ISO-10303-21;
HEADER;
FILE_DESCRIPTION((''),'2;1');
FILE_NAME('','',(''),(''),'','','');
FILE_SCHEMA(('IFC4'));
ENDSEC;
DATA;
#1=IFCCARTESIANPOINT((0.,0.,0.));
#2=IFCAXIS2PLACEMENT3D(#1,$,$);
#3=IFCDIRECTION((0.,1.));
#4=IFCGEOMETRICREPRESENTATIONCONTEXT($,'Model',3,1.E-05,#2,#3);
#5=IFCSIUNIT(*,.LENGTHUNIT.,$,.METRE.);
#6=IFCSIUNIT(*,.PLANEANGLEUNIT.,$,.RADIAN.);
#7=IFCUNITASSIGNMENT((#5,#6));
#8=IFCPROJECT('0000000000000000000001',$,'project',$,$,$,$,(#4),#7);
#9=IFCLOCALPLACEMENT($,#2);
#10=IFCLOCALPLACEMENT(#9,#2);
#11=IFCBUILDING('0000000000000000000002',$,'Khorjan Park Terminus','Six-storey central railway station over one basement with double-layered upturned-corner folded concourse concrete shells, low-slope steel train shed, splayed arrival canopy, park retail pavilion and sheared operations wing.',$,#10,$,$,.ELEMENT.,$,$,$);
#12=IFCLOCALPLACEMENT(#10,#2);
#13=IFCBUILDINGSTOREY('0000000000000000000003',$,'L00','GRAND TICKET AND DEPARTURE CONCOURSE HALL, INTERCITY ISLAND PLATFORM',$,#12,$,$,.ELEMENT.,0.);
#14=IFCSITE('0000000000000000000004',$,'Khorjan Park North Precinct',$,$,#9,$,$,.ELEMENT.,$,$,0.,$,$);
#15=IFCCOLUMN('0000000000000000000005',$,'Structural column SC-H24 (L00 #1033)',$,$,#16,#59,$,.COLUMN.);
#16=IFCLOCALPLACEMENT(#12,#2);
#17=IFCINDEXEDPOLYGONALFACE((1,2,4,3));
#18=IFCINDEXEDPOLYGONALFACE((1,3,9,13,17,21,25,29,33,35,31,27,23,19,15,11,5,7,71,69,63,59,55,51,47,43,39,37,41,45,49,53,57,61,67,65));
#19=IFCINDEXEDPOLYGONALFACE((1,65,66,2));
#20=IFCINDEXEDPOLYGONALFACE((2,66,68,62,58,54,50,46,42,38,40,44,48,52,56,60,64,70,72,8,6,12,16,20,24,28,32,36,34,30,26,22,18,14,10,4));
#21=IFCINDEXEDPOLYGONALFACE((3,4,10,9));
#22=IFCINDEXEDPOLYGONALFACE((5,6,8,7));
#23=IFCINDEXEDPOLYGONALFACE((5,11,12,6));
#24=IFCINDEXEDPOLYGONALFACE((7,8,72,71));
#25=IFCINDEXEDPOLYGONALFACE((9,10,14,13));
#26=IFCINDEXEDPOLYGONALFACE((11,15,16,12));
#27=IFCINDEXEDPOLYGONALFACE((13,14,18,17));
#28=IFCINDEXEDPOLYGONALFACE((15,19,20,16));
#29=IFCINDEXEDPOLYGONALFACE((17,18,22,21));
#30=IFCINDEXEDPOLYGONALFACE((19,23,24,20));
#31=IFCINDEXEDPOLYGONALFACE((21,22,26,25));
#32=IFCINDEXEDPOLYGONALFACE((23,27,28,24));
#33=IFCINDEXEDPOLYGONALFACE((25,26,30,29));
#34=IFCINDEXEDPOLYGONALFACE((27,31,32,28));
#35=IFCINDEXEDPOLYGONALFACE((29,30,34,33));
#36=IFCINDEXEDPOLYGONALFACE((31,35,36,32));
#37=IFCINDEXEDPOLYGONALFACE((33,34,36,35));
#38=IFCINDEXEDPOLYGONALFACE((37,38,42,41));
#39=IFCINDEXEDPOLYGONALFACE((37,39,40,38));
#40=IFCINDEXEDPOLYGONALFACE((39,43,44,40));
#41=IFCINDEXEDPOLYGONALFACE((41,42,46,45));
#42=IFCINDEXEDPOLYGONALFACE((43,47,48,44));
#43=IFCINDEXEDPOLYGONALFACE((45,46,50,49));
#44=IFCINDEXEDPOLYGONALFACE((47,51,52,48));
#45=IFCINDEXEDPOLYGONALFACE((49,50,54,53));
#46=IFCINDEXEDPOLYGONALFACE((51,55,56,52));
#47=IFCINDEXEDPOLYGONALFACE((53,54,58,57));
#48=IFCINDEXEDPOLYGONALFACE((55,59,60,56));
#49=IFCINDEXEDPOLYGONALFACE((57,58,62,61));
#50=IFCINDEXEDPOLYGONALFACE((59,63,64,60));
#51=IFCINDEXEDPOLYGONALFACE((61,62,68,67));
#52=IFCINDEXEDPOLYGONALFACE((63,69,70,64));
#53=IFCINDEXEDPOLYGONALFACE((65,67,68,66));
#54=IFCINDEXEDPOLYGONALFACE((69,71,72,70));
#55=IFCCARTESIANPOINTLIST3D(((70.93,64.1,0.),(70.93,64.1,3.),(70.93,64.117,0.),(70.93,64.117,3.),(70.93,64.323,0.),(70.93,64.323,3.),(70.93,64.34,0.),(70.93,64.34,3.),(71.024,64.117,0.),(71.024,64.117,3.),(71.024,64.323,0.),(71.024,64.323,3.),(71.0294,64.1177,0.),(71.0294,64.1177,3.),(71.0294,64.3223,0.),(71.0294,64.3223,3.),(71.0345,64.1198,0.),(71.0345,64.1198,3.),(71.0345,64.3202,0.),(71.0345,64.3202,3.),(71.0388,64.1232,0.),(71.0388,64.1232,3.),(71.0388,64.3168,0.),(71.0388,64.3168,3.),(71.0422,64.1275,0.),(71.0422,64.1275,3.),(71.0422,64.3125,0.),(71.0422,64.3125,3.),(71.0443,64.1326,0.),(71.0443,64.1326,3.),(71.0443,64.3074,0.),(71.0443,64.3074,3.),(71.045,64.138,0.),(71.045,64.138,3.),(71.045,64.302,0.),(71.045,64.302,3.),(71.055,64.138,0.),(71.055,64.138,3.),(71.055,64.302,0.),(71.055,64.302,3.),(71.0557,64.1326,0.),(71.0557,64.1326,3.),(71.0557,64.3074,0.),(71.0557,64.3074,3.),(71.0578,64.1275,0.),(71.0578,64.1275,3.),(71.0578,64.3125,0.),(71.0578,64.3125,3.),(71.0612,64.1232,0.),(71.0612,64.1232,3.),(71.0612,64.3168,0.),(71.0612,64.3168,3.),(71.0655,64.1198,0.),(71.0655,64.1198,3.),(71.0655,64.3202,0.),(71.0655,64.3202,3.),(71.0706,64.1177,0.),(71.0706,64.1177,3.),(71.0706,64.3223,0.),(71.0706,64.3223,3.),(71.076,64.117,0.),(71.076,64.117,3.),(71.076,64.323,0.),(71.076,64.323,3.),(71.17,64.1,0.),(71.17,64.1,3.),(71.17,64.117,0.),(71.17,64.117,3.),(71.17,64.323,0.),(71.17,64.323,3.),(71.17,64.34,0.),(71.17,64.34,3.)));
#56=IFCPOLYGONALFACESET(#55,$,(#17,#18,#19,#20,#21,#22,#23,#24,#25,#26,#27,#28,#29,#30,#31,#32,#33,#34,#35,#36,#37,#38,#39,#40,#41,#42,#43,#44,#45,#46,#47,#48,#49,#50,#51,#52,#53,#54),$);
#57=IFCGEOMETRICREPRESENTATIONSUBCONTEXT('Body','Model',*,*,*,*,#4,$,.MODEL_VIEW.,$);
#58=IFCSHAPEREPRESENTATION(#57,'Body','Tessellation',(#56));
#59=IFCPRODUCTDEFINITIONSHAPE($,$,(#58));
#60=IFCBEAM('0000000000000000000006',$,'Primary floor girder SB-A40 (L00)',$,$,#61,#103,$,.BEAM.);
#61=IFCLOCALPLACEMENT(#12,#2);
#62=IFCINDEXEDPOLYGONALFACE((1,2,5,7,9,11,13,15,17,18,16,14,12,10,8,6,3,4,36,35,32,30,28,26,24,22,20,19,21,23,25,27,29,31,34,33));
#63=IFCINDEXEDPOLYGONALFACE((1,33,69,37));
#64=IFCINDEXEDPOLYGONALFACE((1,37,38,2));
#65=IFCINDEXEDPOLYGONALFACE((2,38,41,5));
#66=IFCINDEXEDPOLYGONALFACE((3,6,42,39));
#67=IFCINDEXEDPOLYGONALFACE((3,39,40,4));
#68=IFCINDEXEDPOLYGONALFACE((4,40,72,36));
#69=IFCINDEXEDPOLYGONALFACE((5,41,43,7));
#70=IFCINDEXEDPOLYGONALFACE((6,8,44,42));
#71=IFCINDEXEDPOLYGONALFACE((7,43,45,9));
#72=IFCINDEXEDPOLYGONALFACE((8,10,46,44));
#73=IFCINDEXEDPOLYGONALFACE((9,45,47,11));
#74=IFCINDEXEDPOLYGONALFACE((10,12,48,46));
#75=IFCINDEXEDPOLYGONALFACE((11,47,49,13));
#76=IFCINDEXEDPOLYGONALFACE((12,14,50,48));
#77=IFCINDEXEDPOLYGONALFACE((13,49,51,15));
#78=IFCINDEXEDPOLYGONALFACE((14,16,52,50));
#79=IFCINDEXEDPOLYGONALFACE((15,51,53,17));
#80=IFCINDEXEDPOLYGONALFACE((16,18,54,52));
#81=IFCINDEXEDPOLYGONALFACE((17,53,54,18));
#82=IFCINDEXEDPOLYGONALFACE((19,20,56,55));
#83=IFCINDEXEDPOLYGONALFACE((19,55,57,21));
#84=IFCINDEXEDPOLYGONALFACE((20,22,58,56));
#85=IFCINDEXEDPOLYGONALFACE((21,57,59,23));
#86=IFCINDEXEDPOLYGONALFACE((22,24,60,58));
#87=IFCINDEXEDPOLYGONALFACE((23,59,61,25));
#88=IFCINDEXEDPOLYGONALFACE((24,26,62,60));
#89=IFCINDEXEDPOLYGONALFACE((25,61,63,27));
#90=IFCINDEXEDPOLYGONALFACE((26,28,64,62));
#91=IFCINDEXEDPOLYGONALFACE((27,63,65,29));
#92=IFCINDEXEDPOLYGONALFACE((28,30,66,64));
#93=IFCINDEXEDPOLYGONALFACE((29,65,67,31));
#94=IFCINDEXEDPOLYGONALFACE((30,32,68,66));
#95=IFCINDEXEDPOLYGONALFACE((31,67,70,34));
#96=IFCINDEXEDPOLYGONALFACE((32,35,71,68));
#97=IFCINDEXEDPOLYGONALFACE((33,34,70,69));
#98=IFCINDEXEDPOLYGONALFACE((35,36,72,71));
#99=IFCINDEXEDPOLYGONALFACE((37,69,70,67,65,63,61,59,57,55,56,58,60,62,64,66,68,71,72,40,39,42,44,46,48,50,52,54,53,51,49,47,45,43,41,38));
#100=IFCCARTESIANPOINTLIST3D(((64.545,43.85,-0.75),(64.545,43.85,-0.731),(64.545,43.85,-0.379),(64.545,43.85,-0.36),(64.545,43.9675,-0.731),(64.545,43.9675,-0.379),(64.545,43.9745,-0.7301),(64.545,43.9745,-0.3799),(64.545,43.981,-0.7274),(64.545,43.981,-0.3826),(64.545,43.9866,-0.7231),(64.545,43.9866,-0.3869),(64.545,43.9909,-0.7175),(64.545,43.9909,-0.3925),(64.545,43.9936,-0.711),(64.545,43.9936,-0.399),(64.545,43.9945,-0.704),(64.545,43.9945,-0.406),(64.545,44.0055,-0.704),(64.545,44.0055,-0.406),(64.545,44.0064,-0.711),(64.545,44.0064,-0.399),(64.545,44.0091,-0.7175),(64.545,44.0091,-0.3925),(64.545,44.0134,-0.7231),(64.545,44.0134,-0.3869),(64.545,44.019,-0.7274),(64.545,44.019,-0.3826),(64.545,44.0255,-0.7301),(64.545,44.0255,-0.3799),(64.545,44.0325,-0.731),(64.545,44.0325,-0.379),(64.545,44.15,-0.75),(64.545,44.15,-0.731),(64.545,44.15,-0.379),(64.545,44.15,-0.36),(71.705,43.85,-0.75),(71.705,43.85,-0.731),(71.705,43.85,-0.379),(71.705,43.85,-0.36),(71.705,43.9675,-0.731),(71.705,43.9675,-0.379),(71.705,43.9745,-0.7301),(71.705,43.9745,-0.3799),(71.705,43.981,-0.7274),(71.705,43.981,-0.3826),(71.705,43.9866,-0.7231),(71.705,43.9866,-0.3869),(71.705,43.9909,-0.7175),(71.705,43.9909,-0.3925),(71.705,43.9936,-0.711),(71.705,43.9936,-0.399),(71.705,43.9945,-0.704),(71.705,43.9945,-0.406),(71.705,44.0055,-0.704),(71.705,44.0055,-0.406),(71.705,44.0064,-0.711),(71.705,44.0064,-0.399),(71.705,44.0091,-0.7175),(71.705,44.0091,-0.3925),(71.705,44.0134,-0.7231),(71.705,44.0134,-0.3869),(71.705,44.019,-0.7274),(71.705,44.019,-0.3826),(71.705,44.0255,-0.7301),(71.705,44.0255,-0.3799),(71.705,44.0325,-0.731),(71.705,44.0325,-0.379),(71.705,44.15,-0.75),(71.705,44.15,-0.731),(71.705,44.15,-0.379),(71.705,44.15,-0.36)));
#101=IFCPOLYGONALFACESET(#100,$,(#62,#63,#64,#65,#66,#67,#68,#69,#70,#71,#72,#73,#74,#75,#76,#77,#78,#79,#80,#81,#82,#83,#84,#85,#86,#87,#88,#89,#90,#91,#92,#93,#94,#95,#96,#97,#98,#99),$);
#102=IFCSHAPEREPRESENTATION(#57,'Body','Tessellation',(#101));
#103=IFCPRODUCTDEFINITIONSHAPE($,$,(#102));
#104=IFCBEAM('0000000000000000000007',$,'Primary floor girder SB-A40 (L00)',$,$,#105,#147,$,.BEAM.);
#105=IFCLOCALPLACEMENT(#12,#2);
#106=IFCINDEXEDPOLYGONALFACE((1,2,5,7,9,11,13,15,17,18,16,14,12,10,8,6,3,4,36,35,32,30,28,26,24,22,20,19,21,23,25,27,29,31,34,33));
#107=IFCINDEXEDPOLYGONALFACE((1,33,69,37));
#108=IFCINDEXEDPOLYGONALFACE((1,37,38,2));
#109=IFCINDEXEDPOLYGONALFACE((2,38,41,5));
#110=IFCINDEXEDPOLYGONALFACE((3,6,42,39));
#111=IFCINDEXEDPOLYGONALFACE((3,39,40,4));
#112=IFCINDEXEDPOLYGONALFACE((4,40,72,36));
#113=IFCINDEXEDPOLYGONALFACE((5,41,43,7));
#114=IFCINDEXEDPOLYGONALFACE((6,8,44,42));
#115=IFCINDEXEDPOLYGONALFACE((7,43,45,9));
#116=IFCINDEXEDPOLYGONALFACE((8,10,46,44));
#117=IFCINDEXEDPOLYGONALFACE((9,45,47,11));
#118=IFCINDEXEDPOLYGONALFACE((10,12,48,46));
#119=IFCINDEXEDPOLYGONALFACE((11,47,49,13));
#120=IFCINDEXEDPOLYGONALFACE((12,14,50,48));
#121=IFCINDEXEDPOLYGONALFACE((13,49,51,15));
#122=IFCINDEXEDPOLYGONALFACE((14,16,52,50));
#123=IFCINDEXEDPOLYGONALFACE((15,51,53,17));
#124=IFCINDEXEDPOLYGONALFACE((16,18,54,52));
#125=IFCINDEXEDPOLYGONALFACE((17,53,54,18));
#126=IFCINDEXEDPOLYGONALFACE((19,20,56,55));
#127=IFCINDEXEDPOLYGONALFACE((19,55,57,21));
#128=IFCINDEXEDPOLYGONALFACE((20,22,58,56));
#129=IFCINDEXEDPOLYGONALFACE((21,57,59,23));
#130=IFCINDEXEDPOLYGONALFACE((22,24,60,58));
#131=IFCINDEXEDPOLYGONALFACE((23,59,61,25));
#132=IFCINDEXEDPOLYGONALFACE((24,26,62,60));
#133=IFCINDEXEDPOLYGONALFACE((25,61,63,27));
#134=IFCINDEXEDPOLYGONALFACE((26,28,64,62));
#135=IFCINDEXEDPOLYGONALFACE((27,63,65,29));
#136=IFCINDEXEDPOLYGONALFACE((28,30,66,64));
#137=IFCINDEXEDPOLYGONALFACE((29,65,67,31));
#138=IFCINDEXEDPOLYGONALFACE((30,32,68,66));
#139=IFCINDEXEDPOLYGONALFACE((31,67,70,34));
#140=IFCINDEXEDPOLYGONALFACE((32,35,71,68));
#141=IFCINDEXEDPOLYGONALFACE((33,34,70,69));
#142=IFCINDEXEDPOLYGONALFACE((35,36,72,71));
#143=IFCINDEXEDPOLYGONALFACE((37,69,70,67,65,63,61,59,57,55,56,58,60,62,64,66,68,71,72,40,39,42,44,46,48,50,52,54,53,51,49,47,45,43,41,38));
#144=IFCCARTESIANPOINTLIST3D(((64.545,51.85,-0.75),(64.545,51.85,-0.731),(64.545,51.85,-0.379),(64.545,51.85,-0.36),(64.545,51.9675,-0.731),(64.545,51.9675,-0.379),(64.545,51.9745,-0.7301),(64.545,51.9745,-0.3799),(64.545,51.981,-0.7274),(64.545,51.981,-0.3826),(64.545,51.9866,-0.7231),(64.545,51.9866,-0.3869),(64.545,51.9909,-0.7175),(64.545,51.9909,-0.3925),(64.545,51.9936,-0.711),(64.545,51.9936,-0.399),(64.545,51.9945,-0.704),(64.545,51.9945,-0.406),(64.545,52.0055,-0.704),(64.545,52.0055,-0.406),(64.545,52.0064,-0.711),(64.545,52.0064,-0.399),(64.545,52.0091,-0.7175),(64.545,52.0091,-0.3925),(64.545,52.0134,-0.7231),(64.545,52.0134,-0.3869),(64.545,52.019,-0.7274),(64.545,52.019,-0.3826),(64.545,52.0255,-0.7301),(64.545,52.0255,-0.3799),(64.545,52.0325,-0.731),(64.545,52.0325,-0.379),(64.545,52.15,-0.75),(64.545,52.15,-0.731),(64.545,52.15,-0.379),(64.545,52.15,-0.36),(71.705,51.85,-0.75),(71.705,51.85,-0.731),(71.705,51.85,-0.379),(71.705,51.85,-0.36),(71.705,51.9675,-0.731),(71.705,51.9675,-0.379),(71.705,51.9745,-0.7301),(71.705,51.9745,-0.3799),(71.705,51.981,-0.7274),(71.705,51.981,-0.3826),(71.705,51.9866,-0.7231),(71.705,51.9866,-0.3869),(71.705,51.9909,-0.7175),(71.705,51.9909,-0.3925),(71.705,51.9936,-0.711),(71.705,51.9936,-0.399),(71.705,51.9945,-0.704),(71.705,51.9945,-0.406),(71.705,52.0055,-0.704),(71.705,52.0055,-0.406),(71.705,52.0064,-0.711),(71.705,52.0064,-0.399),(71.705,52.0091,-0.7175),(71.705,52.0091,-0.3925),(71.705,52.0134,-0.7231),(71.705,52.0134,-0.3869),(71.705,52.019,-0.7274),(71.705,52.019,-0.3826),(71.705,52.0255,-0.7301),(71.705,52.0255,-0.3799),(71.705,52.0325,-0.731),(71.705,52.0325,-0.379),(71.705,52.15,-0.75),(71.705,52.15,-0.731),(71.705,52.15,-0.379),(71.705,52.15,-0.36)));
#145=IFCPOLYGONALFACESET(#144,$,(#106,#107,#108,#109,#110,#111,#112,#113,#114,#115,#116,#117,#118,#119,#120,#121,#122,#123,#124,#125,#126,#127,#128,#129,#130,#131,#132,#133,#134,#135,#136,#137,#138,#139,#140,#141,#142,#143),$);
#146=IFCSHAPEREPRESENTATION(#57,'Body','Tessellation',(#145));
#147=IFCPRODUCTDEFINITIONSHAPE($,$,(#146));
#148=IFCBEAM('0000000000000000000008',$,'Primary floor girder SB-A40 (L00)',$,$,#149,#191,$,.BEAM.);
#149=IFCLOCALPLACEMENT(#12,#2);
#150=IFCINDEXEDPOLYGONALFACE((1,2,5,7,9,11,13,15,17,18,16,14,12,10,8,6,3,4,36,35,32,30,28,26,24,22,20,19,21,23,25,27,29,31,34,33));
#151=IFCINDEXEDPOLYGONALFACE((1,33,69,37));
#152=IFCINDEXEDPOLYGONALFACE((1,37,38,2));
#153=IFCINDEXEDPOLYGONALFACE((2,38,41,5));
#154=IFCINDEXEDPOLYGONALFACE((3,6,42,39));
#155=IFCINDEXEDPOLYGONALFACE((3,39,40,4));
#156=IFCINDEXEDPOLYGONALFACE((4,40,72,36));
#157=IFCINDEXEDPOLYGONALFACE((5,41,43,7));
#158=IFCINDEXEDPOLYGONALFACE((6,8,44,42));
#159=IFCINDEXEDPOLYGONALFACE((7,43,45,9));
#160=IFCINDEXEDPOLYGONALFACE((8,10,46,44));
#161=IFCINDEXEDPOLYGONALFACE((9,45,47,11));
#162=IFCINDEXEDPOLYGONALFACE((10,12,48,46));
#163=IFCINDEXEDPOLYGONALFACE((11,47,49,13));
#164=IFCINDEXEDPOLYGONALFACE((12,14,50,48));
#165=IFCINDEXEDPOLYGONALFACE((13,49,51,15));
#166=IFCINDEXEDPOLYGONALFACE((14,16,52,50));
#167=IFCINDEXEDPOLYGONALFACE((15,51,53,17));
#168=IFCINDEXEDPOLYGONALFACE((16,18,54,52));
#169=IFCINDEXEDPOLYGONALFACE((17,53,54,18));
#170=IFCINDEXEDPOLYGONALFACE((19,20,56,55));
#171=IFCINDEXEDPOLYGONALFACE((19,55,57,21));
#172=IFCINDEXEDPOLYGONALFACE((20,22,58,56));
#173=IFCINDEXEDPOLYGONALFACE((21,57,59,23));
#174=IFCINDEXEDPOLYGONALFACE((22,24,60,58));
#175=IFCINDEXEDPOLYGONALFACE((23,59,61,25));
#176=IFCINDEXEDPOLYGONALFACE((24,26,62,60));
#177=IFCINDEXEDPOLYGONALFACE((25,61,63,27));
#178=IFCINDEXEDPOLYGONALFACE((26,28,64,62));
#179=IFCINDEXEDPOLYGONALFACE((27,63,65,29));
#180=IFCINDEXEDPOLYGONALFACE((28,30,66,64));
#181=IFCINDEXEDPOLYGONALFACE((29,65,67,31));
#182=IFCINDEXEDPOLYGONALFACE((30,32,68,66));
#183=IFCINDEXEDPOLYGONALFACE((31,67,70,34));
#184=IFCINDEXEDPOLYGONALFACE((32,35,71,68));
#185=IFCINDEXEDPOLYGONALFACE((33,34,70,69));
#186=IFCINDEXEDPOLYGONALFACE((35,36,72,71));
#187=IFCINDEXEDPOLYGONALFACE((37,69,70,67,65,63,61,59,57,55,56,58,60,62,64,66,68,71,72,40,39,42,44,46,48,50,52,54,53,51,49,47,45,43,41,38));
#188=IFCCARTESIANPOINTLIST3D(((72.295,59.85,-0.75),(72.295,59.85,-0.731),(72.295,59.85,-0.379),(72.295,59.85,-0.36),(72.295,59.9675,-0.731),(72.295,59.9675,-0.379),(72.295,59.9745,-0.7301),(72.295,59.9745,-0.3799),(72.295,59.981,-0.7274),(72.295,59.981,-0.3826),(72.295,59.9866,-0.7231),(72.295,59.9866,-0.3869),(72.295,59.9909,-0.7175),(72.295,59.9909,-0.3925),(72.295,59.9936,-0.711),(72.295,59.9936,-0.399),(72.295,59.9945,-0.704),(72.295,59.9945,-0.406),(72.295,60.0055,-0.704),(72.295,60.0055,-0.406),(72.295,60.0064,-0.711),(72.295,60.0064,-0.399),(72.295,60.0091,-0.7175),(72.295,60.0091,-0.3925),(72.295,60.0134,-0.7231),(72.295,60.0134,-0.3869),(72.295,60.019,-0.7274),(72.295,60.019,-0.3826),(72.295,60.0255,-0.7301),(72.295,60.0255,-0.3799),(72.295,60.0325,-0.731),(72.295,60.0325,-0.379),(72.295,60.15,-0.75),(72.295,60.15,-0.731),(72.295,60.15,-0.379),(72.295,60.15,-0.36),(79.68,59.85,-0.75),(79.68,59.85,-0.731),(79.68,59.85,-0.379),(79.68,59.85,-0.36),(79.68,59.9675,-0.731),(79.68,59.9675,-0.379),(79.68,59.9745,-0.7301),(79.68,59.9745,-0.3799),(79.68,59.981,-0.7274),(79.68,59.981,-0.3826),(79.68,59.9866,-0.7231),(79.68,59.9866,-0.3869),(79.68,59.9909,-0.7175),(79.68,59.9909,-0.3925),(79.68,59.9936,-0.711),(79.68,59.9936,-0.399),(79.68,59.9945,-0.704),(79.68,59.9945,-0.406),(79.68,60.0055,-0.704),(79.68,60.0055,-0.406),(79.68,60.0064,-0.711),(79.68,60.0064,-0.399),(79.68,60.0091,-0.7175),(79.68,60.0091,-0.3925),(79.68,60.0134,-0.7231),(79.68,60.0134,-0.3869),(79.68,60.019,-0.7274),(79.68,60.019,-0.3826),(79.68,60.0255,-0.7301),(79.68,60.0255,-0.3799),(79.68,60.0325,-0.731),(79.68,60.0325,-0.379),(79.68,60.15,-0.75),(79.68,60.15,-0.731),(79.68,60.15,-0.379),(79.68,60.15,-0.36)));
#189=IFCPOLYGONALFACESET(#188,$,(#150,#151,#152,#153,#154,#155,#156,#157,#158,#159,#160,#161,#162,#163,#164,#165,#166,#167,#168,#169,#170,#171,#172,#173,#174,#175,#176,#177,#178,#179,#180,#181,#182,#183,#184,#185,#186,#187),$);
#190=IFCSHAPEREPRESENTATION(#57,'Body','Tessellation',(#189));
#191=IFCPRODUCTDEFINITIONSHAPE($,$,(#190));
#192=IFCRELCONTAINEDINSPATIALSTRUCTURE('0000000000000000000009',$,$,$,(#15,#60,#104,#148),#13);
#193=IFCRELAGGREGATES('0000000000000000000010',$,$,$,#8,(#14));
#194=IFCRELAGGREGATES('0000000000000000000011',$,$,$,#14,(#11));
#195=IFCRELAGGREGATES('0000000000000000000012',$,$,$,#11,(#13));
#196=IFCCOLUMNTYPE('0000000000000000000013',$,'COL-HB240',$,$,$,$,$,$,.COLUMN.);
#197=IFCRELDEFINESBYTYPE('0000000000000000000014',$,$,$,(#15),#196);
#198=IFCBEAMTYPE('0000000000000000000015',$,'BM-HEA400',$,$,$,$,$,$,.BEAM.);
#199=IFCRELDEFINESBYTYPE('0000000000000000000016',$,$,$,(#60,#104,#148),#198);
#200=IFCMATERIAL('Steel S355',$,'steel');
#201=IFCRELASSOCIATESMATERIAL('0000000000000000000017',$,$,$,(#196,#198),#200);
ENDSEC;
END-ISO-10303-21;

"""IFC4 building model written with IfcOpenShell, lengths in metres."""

from ifc_helpers import new_model, si_unit, direction, frame, origin, origin_2d, place, context, subcontext, project, spatial, i_section, extrude, material, material_profile, profile_set, type_object, element, save


model = new_model("IFC4")

# Units and contexts
model_context = context("Model", 3, precision=1e-05, world=origin(), true_north=direction((0.0, 1.0)))
body_context = subcontext(model_context, "Body", "Model", "MODEL_VIEW")
ifc_project = project(units=[si_unit("LENGTHUNIT", "METRE"), si_unit("PLANEANGLEUNIT", "RADIAN")], contexts=[model_context])

# Site, building, storey
site_placement = place(None, origin())
site = spatial("IfcSite", under=ifc_project, at=site_placement, Name="Khorjan Park North Precinct", CompositionType="ELEMENT", RefElevation=0.0)
building_placement = place(site_placement, origin())
building = spatial("IfcBuilding", under=site, at=building_placement, Name="Khorjan Park Terminus", Description="Six-storey central railway station over one basement with double-layered upturned-corner folded concourse concrete shells, low-slope steel train shed, splayed arrival canopy, park retail pavilion and sheared operations wing.", CompositionType="ELEMENT")
storey_placement = place(building_placement, origin())
storey = spatial("IfcBuildingStorey", under=building, at=storey_placement, Name="L00", Description="GRAND TICKET AND DEPARTURE CONCOURSE HALL, INTERCITY ISLAND PLATFORM", CompositionType="ELEMENT", Elevation=0.0)

# Column
ifc_material_1 = material(Name="Steel S355", Category="steel")
ifc_material_profile_1 = material_profile(ifc_material_1, i_section(OverallWidth=0.24, OverallDepth=0.24, WebThickness=0.01, FlangeThickness=0.017, FilletRadius=0.021, at=origin_2d()), Name="HEB 240")
ifc_profile_set_1 = profile_set([ifc_material_profile_1], Name="Steel S355")
column_type = type_object("IfcColumnType", Name="COL-HB240", PredefinedType="COLUMN", material=ifc_profile_set_1)
column_placement = place(storey_placement, frame((71.05, 64.22, 0.0), z_axis=(0.0, 0.0, 1.0), x_axis=(1.0, 0.0, 0.0)))
element("IfcColumn", 1, at=column_placement, inside=storey, type_object=column_type, Name="Structural column SC-H24 (L00 #1033)", PredefinedType="COLUMN", context=body_context, shape_type="SweptSolid", body=[
    extrude(i_section(OverallWidth=0.24, OverallDepth=0.24, WebThickness=0.01, FlangeThickness=0.017, FilletRadius=0.021, at=origin_2d()), origin(), (0.0, 0.0, 1.0), 3.0),
])

# Beams
ifc_material_profile_2 = material_profile(ifc_material_1, i_section(OverallWidth=0.3, OverallDepth=0.39, WebThickness=0.011, FlangeThickness=0.019, FilletRadius=0.027, at=origin_2d()), Name="HEA 400")
ifc_profile_set_2 = profile_set([ifc_material_profile_2], Name="Steel S355")
beam_type_1 = type_object("IfcBeamType", Name="BM-HEA400", PredefinedType="BEAM", material=ifc_profile_set_2)
for number, where, z_axis, x_axis, name in (
    (2, (64.545, 44.0, -0.555), (1.0, 0.0, 0.0), (0.0, 1.0, 0.0), "Primary floor girder SB-A40 (L00)"),
    (3, (64.545, 52.0, -0.555), (1.0, 0.0, 0.0), (0.0, 1.0, 0.0), "Primary floor girder SB-A40 (L00)"),
):
    element("IfcBeam", number, at=place(storey_placement, frame(where, z_axis=z_axis, x_axis=x_axis)), inside=storey, type_object=beam_type_1, Name=name, PredefinedType="BEAM", context=body_context, shape_type="SweptSolid", body=[
        extrude(i_section(OverallWidth=0.3, OverallDepth=0.39, WebThickness=0.011, FlangeThickness=0.019, FilletRadius=0.027, at=origin_2d()), origin(), (0.0, 0.0, 1.0), 7.16),
    ])
beam_1_placement = place(storey_placement, frame((72.295, 60.0, -0.555), z_axis=(1.0, 0.0, 0.0), x_axis=(0.0, 1.0, 0.0)))
element("IfcBeam", 4, at=beam_1_placement, inside=storey, type_object=beam_type_1, Name="Primary floor girder SB-A40 (L00)", PredefinedType="BEAM", context=body_context, shape_type="SweptSolid", body=[
    extrude(i_section(OverallWidth=0.3, OverallDepth=0.39, WebThickness=0.011, FlangeThickness=0.019, FilletRadius=0.027, at=origin_2d()), origin(), (0.0, 0.0, 1.0), 7.385),
])

save(model, "model.ifc")
